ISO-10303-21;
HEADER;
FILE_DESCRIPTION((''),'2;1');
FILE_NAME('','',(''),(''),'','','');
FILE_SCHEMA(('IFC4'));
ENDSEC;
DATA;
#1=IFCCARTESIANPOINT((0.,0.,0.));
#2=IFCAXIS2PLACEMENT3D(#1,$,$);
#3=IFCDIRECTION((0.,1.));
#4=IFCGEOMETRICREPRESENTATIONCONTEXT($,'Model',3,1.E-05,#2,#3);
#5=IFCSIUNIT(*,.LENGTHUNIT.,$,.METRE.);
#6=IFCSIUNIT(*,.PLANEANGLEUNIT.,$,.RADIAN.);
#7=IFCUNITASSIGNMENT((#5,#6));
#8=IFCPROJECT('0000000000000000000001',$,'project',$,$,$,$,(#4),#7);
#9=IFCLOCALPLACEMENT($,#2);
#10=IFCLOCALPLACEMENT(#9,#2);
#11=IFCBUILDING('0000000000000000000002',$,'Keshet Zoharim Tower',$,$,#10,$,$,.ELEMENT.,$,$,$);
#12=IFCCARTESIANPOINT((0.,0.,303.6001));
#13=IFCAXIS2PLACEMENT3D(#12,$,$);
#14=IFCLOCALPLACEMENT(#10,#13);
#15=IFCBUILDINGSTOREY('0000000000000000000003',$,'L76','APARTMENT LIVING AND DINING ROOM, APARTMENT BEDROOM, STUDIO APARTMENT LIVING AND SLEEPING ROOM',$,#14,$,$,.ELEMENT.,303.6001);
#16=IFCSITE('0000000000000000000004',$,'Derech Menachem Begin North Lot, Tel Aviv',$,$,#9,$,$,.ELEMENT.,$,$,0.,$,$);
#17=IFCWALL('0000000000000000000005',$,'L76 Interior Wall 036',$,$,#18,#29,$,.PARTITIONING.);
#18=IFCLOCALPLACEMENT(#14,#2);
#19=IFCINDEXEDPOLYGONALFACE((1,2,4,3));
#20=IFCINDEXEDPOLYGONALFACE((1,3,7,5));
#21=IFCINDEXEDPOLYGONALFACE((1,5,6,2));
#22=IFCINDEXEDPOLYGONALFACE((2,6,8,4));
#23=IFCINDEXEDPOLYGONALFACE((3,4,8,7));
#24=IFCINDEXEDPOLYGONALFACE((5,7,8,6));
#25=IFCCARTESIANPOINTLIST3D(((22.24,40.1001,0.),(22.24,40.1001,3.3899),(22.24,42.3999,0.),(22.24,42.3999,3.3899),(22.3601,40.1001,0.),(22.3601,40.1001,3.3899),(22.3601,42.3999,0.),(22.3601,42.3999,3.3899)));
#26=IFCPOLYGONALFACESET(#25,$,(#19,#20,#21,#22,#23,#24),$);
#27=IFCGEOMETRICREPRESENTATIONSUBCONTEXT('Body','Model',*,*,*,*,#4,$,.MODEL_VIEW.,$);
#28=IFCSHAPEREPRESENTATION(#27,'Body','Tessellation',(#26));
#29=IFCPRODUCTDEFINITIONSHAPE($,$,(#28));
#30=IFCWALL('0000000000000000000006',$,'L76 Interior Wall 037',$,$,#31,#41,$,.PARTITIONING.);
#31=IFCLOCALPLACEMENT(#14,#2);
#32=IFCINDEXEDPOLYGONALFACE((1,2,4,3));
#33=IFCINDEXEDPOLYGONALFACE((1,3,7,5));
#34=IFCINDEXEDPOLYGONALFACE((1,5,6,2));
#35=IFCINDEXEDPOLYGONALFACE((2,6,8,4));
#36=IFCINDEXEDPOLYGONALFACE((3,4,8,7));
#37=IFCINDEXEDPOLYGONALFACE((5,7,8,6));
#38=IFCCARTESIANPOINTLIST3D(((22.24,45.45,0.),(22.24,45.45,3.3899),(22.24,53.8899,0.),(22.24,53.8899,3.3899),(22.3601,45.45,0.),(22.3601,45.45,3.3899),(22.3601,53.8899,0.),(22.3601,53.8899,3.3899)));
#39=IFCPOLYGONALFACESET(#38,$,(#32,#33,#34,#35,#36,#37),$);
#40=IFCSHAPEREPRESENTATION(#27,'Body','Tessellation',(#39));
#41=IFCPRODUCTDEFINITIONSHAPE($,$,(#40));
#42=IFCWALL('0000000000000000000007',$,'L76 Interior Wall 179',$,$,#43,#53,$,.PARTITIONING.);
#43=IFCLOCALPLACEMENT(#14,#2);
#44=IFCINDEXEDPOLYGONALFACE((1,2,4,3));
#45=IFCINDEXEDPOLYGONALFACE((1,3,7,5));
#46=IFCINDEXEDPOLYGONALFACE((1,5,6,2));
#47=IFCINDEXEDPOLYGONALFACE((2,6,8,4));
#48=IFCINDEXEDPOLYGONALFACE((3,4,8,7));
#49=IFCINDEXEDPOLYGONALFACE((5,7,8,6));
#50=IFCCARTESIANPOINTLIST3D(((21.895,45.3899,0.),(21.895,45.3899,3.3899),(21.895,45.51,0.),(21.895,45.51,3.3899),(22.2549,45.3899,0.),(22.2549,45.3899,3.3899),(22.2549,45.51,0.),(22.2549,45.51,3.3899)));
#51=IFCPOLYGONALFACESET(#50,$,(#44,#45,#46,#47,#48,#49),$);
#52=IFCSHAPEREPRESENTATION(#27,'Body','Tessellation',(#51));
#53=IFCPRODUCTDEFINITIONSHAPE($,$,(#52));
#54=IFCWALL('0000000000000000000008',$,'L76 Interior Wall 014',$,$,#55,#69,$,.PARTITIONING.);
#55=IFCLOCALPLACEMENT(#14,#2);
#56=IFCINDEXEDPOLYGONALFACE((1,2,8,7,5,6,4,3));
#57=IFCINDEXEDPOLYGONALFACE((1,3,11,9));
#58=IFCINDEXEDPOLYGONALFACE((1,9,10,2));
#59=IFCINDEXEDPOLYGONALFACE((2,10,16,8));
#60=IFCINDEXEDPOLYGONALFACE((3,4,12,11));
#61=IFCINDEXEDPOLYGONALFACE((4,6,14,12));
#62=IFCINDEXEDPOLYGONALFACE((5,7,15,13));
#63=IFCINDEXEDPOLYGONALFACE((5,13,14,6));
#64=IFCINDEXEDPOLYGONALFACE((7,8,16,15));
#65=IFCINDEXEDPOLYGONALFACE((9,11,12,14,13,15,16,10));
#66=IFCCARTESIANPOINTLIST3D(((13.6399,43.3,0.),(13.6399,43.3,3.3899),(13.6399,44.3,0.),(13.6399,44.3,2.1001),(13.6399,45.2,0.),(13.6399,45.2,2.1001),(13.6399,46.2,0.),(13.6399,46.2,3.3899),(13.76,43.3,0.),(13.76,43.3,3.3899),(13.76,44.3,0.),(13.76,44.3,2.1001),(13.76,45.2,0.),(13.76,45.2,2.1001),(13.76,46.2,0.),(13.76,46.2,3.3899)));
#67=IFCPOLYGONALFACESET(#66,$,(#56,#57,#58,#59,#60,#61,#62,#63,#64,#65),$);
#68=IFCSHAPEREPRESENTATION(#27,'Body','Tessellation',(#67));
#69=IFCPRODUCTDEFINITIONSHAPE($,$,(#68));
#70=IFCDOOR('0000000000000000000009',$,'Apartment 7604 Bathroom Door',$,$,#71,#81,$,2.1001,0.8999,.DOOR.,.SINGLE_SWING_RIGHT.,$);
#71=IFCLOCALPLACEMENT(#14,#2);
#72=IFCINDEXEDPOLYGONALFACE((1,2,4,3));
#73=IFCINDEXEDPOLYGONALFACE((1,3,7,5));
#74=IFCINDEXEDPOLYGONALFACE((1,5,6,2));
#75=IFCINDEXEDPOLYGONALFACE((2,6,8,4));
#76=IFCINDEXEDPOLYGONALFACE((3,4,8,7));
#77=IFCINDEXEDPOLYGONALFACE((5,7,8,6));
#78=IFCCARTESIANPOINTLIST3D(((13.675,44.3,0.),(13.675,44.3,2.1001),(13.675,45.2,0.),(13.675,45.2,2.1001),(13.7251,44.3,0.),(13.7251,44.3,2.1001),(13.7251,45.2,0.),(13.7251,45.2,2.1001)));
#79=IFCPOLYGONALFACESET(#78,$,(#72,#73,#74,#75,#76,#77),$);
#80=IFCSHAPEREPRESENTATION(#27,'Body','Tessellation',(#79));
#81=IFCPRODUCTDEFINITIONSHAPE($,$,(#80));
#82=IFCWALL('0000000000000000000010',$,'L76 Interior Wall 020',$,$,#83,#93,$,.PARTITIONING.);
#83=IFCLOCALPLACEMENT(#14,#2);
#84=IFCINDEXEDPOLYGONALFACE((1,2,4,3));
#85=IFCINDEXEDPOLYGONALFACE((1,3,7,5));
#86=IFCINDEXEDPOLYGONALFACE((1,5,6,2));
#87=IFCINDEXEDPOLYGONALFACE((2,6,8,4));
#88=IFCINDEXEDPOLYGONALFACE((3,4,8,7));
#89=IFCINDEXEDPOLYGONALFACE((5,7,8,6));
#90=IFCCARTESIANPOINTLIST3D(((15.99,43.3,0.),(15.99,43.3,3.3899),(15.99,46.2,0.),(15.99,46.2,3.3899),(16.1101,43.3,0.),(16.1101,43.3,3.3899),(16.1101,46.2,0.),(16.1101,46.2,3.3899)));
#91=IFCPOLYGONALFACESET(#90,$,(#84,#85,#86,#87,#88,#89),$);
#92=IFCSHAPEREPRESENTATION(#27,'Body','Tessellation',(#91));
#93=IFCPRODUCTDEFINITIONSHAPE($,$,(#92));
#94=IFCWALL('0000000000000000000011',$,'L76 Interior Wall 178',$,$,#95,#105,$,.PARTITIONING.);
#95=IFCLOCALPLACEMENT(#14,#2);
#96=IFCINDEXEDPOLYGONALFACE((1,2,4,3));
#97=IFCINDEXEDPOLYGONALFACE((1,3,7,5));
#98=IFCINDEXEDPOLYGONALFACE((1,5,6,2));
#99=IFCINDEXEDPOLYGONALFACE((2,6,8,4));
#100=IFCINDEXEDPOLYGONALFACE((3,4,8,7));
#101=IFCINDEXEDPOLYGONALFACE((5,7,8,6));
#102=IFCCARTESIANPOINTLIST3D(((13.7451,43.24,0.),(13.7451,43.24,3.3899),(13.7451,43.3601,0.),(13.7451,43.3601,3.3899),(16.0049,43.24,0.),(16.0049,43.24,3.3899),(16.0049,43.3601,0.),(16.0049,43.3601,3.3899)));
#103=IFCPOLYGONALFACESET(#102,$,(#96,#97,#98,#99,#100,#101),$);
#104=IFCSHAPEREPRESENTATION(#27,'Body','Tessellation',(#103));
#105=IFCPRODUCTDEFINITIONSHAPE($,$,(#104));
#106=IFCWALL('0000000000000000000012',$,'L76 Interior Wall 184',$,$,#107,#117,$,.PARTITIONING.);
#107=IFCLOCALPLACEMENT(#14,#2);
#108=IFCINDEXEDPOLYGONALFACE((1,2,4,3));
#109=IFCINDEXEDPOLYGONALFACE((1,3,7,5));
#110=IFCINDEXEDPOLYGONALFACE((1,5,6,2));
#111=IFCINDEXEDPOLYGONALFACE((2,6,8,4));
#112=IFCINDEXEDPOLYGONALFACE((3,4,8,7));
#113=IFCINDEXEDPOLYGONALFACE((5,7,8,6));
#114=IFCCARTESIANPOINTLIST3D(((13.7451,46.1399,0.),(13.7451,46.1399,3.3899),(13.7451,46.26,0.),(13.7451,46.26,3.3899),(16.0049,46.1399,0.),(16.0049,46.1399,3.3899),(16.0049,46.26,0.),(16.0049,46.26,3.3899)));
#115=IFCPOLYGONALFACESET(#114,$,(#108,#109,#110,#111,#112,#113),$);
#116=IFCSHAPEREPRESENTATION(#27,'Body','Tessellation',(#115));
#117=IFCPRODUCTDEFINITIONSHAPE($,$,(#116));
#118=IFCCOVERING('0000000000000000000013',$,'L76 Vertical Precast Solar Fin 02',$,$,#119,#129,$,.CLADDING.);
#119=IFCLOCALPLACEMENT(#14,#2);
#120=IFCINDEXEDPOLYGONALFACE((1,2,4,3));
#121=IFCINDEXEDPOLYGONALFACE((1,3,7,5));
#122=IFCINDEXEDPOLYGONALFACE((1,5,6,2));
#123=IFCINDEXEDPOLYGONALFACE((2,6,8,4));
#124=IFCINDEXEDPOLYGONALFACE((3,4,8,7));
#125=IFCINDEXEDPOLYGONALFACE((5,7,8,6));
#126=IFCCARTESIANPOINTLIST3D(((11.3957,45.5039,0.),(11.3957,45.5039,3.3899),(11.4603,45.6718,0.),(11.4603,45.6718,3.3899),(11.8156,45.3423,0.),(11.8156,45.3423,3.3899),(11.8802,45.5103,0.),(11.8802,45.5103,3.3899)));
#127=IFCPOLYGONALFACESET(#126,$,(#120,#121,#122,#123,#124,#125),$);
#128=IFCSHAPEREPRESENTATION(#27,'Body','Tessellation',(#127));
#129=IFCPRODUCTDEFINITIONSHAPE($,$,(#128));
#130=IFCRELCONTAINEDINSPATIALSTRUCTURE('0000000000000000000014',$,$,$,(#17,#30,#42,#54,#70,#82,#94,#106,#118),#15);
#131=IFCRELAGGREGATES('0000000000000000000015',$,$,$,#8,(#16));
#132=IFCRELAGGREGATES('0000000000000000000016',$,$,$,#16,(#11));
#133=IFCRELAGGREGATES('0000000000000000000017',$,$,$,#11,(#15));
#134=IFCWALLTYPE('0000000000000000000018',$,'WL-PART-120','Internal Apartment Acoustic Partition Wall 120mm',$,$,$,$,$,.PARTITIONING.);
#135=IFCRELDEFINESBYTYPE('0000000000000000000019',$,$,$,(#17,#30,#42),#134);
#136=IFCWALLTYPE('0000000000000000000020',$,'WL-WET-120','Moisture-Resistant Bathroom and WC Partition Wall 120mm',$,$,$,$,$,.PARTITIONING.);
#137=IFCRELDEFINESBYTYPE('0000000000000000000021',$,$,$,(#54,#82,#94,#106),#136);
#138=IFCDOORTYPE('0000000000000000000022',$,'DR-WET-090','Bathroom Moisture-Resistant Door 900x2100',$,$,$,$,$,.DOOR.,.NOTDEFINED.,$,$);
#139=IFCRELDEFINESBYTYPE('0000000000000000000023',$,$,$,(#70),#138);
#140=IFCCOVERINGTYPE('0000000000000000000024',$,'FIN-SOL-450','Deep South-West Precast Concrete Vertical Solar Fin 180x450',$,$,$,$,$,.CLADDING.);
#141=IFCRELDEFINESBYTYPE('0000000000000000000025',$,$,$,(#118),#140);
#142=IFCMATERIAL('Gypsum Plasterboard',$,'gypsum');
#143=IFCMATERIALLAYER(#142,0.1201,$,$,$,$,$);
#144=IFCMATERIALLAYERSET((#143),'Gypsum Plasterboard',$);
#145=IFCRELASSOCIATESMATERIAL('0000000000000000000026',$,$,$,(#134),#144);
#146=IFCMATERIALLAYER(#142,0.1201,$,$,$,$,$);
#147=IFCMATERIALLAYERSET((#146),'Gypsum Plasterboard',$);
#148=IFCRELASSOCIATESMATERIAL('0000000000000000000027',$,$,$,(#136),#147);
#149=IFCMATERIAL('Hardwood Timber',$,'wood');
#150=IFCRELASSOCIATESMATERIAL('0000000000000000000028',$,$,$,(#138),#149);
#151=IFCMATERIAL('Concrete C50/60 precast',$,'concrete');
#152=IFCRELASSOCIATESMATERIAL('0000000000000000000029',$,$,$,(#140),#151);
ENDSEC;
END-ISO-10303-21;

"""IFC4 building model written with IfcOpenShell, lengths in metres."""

from ifc_helpers import new_model, si_unit, direction, frame, frame_2d, origin, origin_2d, place, context, subcontext, project, spatial, rectangle, extrude, material, layer, layer_set, type_object, element, fill, save


model = new_model("IFC4")

# Units and contexts
model_context = context("Model", 3, precision=1e-05, world=origin(), true_north=direction((0.0, 1.0)))
body_context = subcontext(model_context, "Body", "Model", "MODEL_VIEW")
ifc_project = project(units=[si_unit("LENGTHUNIT", "METRE"), si_unit("PLANEANGLEUNIT", "RADIAN")], contexts=[model_context])

# Site, building, storey
site_placement = place(None, origin())
site = spatial("IfcSite", under=ifc_project, at=site_placement, Name="Derech Menachem Begin North Lot, Tel Aviv", CompositionType="ELEMENT", RefElevation=0.0)
building_placement = place(site_placement, origin())
building = spatial("IfcBuilding", under=site, at=building_placement, Name="Keshet Zoharim Tower", CompositionType="ELEMENT")
storey_placement = place(building_placement, frame((0.0, 0.0, 303.6001)))
storey = spatial("IfcBuildingStorey", under=building, at=storey_placement, Name="L76", Description="APARTMENT LIVING AND DINING ROOM, APARTMENT BEDROOM, STUDIO APARTMENT LIVING AND SLEEPING ROOM", CompositionType="ELEMENT", Elevation=303.6001)

# Shared definitions
ifc_material_1 = material(Name="Gypsum Plasterboard", Category="gypsum")

# Shared definitions
ifc_material_2 = material(Name="Hardwood Timber", Category="wood")

# Shared definitions
ifc_layer_1 = layer(ifc_material_1, 0.1201)
ifc_layer_set_1 = layer_set([ifc_layer_1], Name="Gypsum Plasterboard")
wall_type_1 = type_object("IfcWallType", Name="WL-PART-120", Description="Internal Apartment Acoustic Partition Wall 120mm", PredefinedType="PARTITIONING", material=ifc_layer_set_1)

# Walls
wall_1_placement = place(storey_placement, frame((22.3, 40.1001, 0.0), z_axis=(0.0, 0.0, 1.0), x_axis=(0.0, 1.0, 0.0)))
element("IfcWall", 1, at=wall_1_placement, inside=storey, type_object=wall_type_1, Name="L76 Interior Wall 036", PredefinedType="PARTITIONING", context=body_context, shape_type="SweptSolid", body=[
    extrude(rectangle(XDim=2.2998, YDim=0.1201, at=frame_2d((1.1499, 0.0))), origin(), (0.0, 0.0, 1.0), 3.3899),
])
wall_2_placement = place(storey_placement, frame((22.3, 45.45, 0.0), z_axis=(0.0, 0.0, 1.0), x_axis=(0.0, 1.0, 0.0)))
element("IfcWall", 2, at=wall_2_placement, inside=storey, type_object=wall_type_1, Name="L76 Interior Wall 037", PredefinedType="PARTITIONING", context=body_context, shape_type="SweptSolid", body=[
    extrude(rectangle(XDim=8.4399, YDim=0.1201, at=frame_2d((4.22, 0.0))), origin(), (0.0, 0.0, 1.0), 3.3899),
])

# Wall
wall_3_placement = place(storey_placement, frame((21.895, 45.45, 0.0), z_axis=(0.0, 0.0, 1.0), x_axis=(1.0, 0.0, 0.0)))
element("IfcWall", 3, at=wall_3_placement, inside=storey, type_object=wall_type_1, Name="L76 Interior Wall 179", PredefinedType="PARTITIONING", context=body_context, shape_type="SweptSolid", body=[
    extrude(rectangle(XDim=0.3599, YDim=0.1201, at=frame_2d((0.1799, 0.0))), origin(), (0.0, 0.0, 1.0), 3.3899),
])

# Wall, opening, door
ifc_layer_2 = layer(ifc_material_1, 0.1201)
ifc_layer_set_2 = layer_set([ifc_layer_2], Name="Gypsum Plasterboard")
wall_type_2 = type_object("IfcWallType", Name="WL-WET-120", Description="Moisture-Resistant Bathroom and WC Partition Wall 120mm", PredefinedType="PARTITIONING", material=ifc_layer_set_2)
wall_4_placement = place(storey_placement, frame((13.7, 43.3, 0.0), z_axis=(0.0, 0.0, 1.0), x_axis=(0.0, 1.0, 0.0)))
wall_4 = element("IfcWall", 4, at=wall_4_placement, inside=storey, type_object=wall_type_2, Name="L76 Interior Wall 014", PredefinedType="PARTITIONING", context=body_context, shape_type="SweptSolid", body=[
    extrude(rectangle(XDim=2.8999, YDim=0.1201, at=frame_2d((1.45, 0.0))), origin(), (0.0, 0.0, 1.0), 3.3899),
])
opening_1_placement = place(wall_4_placement, frame((1.0, 0.0, 0.0)))
opening_1 = element("IfcOpeningElement", 5, at=opening_1_placement, cuts=wall_4, PredefinedType="OPENING", context=body_context, shape_type="SweptSolid", body=[
    extrude(rectangle(XDim=0.8999, YDim=2.1001, at=frame_2d((0.45, 1.05))), frame((0.0, 0.0701, 0.0), z_axis=(0.0, -1.0, 0.0), x_axis=(1.0, 0.0, 0.0)), (0.0, 0.0, 1.0), 0.1401),
])
door_type_1 = type_object("IfcDoorType", Name="DR-WET-090", Description="Bathroom Moisture-Resistant Door 900x2100", OperationType="NOTDEFINED", PredefinedType="DOOR", material=ifc_material_2)
door_1_placement = place(opening_1_placement, origin())
door_1 = element("IfcDoor", 6, at=door_1_placement, inside=storey, type_object=door_type_1, Name="Apartment 7604 Bathroom Door", OperationType="SINGLE_SWING_RIGHT", OverallHeight=2.1001, OverallWidth=0.8999, PredefinedType="DOOR", context=body_context, shape_type="SweptSolid", body=[
    extrude(rectangle(XDim=0.8999, YDim=2.1001, at=frame_2d((0.45, 1.05))), frame((0.0, 0.0249, 0.0), z_axis=(0.0, -1.0, 0.0), x_axis=(1.0, 0.0, 0.0)), (0.0, 0.0, 1.0), 0.05),
])
fill(opening_1, door_1)

# Walls
wall_5_placement = place(storey_placement, frame((16.05, 43.3, 0.0), z_axis=(0.0, 0.0, 1.0), x_axis=(0.0, 1.0, 0.0)))
element("IfcWall", 7, at=wall_5_placement, inside=storey, type_object=wall_type_2, Name="L76 Interior Wall 020", PredefinedType="PARTITIONING", context=body_context, shape_type="SweptSolid", body=[
    extrude(rectangle(XDim=2.8999, YDim=0.1201, at=frame_2d((1.45, 0.0))), origin(), (0.0, 0.0, 1.0), 3.3899),
])
for number, where, z_axis, x_axis, name in (
    (8, (13.7451, 43.3, 0.0), (0.0, 0.0, 1.0), (1.0, 0.0, 0.0), "L76 Interior Wall 178"),
    (9, (13.7451, 46.2, 0.0), (0.0, 0.0, 1.0), (1.0, 0.0, 0.0), "L76 Interior Wall 184"),
):
    element("IfcWall", number, at=place(storey_placement, frame(where, z_axis=z_axis, x_axis=x_axis)), inside=storey, type_object=wall_type_2, Name=name, PredefinedType="PARTITIONING", context=body_context, shape_type="SweptSolid", body=[
        extrude(rectangle(XDim=2.2598, YDim=0.1201, at=frame_2d((1.1299, 0.0))), origin(), (0.0, 0.0, 1.0), 3.3899),
    ])

# Covering
ifc_material_3 = material(Name="Concrete C50/60 precast", Category="concrete")
covering_type = type_object("IfcCoveringType", Name="FIN-SOL-450", Description="Deep South-West Precast Concrete Vertical Solar Fin 180x450", PredefinedType="CLADDING", material=ifc_material_3)
covering_placement = place(storey_placement, frame((11.6379, 45.5071, 0.0), z_axis=(0.0, 0.0, 1.0), x_axis=(0.35899, 0.933341, 0.0)))
element("IfcCovering", 10, at=covering_placement, inside=storey, type_object=covering_type, Name="L76 Vertical Precast Solar Fin 02", PredefinedType="CLADDING", context=body_context, shape_type="SweptSolid", body=[
    extrude(rectangle(XDim=0.1799, YDim=0.45, at=origin_2d()), origin(), (0.0, 0.0, 1.0), 3.3899),
])

save(model, "model.ifc")
